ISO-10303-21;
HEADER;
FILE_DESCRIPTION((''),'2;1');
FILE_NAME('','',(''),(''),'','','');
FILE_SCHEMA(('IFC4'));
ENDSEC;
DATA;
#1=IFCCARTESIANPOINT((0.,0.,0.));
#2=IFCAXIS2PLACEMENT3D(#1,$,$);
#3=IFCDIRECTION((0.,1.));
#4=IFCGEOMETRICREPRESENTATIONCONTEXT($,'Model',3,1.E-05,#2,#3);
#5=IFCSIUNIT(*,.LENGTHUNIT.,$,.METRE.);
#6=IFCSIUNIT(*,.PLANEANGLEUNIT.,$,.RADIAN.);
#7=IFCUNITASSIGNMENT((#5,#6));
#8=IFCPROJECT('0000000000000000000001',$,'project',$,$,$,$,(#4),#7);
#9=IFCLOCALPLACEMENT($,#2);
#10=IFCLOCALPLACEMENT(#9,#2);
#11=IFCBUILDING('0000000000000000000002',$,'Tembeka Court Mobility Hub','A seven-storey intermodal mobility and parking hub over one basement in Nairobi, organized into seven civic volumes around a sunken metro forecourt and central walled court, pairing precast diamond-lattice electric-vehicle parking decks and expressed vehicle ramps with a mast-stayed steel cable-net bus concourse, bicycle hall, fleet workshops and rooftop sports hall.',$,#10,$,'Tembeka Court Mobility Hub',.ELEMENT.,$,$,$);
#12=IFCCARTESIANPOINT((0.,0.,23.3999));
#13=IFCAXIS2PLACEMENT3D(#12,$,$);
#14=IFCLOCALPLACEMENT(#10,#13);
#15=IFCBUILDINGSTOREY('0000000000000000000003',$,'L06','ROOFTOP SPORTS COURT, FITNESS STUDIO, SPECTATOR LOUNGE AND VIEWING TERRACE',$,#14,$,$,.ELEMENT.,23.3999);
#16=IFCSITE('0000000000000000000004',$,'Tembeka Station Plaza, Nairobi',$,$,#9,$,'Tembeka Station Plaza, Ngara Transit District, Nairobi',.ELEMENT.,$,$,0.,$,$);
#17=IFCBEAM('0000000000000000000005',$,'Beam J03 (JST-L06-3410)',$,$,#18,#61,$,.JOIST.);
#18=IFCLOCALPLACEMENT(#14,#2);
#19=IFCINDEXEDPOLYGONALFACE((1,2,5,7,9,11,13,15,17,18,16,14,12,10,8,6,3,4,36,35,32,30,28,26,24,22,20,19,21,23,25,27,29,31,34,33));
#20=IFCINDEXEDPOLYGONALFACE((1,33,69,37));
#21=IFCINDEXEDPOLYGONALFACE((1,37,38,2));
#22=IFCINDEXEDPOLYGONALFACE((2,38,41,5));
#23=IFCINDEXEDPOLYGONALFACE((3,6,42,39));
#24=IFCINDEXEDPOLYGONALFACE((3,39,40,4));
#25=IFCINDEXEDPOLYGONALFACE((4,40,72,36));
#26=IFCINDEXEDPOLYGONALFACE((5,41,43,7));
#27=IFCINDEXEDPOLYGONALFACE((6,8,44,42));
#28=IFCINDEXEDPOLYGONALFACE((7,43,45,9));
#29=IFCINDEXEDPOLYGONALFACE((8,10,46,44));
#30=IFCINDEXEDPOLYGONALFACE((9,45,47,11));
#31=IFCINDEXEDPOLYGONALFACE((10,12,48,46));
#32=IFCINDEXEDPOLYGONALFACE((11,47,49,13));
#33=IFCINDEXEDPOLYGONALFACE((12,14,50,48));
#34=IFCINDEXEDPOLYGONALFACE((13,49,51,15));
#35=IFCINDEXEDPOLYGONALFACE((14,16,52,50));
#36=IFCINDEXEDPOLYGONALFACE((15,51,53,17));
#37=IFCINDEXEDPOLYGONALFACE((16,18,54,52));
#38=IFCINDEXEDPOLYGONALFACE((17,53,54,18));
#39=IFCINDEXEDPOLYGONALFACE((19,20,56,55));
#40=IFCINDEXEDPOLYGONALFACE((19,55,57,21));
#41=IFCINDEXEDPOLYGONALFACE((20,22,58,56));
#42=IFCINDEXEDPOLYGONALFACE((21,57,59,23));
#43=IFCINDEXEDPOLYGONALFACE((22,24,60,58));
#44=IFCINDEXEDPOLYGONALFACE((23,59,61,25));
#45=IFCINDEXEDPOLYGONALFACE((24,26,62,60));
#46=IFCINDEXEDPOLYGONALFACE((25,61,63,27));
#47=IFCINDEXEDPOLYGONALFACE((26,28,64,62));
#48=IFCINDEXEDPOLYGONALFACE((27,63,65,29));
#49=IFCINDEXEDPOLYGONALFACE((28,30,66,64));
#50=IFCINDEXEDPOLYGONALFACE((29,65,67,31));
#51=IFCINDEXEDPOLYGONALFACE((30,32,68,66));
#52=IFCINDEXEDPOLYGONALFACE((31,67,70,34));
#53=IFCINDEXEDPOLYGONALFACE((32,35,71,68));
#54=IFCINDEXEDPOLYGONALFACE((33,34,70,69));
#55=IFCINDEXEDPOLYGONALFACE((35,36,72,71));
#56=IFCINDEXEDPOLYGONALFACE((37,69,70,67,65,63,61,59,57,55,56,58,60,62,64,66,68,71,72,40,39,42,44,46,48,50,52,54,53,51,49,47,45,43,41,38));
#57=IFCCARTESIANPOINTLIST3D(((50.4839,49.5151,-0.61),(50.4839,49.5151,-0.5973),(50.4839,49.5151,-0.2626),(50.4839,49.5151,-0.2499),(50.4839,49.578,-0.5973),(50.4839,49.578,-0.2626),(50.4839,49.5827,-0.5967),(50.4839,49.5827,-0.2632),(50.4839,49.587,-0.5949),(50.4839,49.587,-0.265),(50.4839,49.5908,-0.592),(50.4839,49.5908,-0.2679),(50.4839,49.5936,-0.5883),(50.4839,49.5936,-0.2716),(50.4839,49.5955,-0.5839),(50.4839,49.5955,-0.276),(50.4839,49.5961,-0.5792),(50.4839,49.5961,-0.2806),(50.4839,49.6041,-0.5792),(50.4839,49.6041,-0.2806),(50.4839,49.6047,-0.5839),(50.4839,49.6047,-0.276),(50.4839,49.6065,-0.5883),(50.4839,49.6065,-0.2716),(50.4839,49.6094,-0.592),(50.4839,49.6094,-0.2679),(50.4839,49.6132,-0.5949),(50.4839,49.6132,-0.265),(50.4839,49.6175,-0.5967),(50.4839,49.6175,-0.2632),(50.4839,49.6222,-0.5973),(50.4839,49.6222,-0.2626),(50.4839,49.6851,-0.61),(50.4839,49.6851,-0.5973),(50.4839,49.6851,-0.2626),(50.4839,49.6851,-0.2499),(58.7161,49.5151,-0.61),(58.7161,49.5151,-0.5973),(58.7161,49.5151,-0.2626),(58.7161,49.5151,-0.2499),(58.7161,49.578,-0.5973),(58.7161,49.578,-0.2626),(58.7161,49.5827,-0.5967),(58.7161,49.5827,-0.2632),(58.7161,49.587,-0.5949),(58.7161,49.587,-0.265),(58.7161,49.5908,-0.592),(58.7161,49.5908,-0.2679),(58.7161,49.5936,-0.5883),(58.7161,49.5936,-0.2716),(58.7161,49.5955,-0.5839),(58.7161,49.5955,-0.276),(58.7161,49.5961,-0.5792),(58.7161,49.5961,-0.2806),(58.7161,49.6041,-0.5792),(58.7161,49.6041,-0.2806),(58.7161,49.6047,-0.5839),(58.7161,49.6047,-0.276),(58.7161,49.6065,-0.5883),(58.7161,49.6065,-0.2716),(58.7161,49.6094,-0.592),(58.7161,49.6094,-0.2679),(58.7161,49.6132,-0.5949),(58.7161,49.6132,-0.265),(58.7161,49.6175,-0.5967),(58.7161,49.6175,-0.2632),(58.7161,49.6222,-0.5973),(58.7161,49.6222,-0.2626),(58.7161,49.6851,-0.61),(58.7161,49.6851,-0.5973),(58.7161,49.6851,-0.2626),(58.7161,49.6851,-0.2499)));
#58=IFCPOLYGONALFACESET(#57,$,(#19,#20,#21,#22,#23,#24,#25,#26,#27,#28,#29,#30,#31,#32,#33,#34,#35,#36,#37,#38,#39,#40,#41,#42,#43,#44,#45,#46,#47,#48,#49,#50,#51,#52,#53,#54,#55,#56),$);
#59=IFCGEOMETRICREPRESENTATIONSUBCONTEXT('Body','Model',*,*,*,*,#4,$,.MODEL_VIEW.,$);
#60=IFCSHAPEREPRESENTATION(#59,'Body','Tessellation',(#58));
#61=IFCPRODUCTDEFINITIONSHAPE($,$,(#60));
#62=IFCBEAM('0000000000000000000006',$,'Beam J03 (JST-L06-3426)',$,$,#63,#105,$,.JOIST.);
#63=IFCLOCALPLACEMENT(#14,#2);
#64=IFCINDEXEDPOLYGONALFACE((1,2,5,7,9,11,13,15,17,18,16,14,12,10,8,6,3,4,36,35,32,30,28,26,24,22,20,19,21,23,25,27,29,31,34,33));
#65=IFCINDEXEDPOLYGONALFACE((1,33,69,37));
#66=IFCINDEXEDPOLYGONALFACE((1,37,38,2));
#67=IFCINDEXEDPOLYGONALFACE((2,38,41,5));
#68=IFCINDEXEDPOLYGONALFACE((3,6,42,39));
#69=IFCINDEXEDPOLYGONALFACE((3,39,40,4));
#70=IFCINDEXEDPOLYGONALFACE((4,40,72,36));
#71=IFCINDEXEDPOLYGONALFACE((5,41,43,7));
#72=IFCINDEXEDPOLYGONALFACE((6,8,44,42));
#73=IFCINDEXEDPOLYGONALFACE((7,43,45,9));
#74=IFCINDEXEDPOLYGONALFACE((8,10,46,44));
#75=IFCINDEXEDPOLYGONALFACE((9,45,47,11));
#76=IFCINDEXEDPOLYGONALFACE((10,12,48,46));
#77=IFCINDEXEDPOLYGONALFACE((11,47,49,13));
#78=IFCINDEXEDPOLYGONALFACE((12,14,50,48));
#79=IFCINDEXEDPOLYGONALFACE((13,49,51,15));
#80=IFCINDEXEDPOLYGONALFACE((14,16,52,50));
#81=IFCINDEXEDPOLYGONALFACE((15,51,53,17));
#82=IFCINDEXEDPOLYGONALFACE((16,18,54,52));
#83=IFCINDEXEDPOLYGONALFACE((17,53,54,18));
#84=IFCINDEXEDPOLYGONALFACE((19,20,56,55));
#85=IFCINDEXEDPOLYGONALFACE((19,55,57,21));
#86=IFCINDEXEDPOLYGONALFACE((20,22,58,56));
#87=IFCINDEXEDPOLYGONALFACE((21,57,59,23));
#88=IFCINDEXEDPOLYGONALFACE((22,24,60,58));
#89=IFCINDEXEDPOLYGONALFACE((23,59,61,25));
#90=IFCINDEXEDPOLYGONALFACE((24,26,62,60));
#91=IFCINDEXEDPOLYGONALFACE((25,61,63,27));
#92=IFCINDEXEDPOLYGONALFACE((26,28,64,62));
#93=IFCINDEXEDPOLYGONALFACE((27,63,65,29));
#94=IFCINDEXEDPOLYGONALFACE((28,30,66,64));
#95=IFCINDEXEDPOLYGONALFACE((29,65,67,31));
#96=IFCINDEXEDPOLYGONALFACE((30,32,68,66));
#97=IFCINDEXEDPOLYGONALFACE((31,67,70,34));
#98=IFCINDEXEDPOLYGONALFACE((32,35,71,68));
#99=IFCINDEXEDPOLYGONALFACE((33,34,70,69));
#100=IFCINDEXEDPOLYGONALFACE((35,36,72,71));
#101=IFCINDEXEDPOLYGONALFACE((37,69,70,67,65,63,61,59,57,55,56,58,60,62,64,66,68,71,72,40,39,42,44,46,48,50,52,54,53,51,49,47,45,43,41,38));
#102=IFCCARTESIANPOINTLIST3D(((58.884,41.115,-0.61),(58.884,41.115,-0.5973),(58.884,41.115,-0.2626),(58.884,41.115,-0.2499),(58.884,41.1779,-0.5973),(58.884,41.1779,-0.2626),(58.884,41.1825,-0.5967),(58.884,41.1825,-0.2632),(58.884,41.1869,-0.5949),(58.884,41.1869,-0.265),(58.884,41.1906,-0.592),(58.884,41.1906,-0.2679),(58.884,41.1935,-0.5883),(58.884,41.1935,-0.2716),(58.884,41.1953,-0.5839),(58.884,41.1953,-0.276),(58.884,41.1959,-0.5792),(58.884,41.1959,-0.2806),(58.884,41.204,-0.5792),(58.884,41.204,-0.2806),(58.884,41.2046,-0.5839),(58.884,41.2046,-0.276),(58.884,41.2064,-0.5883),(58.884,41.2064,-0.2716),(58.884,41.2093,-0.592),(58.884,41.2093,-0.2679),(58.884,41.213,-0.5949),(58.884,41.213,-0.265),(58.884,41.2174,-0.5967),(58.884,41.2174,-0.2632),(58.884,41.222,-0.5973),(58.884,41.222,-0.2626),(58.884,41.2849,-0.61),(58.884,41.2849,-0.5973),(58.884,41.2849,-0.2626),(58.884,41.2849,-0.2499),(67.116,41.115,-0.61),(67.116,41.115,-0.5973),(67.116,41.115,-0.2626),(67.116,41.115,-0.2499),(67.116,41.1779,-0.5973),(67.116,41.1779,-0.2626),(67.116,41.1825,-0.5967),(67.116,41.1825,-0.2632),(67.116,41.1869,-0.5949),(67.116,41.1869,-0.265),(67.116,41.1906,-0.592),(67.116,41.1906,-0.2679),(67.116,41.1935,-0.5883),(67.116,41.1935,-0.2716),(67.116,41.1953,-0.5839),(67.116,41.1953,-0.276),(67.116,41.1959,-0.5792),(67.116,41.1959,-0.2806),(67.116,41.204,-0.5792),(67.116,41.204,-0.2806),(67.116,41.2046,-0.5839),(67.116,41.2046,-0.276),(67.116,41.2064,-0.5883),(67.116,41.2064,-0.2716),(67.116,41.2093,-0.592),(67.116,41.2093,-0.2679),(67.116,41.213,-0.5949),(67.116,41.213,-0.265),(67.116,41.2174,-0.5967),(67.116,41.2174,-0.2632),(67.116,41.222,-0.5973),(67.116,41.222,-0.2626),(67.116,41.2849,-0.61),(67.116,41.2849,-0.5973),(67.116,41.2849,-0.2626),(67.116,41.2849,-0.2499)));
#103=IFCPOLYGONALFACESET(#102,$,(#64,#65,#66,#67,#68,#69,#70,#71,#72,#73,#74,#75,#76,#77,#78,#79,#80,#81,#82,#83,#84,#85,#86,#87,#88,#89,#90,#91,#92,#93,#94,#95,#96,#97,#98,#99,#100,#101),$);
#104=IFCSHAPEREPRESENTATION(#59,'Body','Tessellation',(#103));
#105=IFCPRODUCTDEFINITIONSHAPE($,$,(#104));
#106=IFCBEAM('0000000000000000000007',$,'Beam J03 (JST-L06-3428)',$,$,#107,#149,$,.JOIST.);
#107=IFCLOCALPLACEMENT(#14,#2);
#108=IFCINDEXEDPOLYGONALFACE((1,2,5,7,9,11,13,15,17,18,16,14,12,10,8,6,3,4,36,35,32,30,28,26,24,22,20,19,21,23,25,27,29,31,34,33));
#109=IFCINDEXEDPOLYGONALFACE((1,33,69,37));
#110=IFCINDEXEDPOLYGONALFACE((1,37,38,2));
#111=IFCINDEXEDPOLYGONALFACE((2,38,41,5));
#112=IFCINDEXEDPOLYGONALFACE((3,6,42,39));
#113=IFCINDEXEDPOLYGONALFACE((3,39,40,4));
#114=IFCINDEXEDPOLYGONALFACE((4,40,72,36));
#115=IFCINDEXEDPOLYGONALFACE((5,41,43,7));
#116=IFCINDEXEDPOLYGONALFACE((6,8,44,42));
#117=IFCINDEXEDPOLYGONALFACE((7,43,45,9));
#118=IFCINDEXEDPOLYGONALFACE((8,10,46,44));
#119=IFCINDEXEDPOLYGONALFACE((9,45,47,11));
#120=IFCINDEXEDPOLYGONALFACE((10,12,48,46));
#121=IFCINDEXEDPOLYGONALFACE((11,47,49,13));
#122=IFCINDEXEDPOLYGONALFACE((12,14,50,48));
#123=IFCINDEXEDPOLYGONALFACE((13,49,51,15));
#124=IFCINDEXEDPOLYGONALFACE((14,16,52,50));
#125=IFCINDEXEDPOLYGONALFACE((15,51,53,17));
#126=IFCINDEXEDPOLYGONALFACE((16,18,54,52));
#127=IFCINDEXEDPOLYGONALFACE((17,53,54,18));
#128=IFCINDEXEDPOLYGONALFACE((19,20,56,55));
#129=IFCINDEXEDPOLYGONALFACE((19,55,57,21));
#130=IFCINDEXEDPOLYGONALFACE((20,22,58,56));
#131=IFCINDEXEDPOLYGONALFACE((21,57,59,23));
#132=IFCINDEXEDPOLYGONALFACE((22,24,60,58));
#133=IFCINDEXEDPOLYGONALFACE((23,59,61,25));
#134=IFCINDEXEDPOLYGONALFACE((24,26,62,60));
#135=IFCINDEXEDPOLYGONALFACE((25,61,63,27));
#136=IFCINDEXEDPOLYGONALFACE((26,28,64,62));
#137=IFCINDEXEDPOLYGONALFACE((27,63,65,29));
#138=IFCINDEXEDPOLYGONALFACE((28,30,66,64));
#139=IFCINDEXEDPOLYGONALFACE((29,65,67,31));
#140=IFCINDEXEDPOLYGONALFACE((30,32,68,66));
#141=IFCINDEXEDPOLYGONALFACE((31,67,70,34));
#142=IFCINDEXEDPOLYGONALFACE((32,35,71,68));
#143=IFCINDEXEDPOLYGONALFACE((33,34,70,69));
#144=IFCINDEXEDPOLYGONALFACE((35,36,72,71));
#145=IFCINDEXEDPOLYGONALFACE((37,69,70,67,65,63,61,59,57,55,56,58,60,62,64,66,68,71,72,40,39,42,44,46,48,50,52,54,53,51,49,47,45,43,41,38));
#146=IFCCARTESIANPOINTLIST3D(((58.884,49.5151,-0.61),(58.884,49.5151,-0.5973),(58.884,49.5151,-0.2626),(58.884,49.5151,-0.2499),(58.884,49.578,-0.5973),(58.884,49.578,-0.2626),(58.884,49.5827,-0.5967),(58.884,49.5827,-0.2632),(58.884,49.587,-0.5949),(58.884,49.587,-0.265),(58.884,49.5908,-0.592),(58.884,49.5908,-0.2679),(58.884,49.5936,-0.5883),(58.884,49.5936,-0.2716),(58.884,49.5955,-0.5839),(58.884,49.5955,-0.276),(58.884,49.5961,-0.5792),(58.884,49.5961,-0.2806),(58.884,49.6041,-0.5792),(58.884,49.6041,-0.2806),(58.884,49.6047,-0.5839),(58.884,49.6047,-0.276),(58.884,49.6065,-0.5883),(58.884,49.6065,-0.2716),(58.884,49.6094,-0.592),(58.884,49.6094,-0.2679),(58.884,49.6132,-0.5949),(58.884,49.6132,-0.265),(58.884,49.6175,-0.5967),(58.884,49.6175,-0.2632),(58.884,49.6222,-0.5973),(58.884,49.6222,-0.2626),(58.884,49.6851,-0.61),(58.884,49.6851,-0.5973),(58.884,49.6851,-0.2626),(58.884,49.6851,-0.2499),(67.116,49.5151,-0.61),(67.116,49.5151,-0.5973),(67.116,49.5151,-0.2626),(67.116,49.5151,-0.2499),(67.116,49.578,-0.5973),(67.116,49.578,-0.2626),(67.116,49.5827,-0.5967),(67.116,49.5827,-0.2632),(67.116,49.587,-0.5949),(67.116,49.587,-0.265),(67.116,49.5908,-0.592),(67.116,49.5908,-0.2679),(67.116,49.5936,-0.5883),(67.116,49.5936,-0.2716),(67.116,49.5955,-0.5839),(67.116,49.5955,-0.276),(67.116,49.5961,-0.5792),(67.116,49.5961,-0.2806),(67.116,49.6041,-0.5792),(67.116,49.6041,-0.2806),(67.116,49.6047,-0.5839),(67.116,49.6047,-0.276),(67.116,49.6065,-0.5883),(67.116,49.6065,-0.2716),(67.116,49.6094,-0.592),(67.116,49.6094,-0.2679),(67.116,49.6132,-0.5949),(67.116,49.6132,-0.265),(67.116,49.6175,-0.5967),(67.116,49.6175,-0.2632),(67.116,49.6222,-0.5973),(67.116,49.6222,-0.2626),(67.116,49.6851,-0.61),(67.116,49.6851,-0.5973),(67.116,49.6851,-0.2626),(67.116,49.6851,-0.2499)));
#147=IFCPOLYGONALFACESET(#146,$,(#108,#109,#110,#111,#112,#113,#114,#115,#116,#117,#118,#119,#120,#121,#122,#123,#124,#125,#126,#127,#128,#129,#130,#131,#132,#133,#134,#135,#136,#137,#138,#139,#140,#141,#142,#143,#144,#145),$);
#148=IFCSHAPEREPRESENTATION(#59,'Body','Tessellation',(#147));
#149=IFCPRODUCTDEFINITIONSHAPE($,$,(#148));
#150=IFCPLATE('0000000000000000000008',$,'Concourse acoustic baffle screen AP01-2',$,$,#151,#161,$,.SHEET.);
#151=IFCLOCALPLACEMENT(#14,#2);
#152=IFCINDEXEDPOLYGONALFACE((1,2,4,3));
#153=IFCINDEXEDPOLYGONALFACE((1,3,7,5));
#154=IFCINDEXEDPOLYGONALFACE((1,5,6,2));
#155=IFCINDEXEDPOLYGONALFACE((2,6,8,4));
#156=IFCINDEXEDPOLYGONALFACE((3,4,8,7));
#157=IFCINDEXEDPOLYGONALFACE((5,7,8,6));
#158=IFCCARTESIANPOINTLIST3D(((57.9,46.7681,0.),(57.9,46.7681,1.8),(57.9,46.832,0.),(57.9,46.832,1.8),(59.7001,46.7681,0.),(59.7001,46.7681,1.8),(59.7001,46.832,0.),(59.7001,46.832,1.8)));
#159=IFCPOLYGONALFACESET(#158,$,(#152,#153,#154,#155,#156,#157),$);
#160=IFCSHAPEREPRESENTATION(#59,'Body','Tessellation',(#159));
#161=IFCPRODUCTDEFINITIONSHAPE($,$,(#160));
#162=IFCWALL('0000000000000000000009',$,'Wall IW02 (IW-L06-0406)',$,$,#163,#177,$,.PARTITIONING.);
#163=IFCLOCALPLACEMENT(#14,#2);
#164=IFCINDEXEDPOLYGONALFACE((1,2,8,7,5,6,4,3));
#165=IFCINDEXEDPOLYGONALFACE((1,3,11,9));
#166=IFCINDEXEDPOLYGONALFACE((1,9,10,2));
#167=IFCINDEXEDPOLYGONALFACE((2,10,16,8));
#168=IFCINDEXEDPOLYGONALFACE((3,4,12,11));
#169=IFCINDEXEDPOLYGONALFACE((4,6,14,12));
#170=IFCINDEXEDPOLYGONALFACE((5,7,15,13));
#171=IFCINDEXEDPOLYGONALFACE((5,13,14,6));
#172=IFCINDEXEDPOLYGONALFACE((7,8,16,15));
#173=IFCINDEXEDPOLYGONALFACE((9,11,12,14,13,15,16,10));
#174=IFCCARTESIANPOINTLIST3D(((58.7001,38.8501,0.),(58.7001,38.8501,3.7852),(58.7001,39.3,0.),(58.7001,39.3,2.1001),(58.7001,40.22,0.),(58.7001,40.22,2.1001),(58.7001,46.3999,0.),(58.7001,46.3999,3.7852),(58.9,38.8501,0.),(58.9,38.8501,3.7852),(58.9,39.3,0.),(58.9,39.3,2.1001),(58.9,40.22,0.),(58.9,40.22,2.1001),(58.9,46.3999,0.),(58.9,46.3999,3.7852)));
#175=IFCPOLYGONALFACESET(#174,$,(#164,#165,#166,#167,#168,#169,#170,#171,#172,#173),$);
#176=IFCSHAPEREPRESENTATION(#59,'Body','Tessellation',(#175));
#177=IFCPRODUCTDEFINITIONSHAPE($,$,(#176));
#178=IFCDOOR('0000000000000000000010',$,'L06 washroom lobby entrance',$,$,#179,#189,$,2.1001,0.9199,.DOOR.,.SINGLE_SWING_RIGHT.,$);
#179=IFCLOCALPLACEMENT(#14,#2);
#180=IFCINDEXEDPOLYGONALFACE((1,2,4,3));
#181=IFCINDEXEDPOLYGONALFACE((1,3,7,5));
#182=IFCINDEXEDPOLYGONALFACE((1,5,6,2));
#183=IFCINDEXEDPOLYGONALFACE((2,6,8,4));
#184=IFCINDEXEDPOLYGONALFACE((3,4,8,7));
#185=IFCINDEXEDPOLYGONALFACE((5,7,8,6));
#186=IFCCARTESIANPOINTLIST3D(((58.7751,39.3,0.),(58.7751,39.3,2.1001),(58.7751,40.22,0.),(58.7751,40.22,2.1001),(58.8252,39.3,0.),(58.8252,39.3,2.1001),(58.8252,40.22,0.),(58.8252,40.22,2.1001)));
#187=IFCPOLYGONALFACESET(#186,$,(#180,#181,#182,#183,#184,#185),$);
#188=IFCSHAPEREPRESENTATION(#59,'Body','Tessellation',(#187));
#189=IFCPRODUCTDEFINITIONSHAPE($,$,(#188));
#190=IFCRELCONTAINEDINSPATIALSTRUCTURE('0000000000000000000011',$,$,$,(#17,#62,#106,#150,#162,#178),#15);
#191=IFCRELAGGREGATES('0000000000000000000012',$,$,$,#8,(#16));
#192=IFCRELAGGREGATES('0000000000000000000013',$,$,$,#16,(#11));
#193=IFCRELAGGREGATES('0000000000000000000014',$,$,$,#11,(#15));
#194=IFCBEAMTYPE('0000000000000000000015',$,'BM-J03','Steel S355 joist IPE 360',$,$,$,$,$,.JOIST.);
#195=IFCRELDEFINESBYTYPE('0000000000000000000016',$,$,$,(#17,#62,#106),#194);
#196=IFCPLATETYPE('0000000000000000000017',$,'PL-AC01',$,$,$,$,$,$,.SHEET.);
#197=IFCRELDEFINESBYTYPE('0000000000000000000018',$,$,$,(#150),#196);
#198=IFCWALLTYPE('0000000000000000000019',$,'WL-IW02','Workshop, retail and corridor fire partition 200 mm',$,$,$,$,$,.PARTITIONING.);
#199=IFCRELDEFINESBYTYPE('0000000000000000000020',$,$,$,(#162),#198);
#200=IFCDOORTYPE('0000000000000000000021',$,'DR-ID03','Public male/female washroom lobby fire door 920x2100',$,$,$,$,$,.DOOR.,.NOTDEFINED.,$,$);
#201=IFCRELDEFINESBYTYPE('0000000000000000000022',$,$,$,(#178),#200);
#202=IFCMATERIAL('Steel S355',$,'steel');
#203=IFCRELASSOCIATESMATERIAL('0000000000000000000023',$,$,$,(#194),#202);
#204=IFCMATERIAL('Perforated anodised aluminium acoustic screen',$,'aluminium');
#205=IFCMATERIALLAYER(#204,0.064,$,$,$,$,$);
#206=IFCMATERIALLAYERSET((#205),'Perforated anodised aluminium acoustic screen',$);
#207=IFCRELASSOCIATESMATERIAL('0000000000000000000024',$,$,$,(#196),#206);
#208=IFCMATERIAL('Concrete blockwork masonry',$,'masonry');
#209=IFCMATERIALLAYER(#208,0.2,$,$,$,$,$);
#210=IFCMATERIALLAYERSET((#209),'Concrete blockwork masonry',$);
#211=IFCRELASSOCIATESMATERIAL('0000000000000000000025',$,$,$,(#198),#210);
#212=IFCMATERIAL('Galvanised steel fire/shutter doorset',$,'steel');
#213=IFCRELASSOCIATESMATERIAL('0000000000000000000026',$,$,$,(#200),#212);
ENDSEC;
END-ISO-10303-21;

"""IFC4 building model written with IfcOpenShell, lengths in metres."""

from ifc_helpers import new_model, si_unit, direction, frame, frame_2d, origin, origin_2d, place, context, subcontext, project, spatial, rectangle, i_section, extrude, material, layer, layer_set, material_profile, profile_set, type_object, element, fill, save


model = new_model("IFC4")

# Units and contexts
model_context = context("Model", 3, precision=1e-05, world=origin(), true_north=direction((0.0, 1.0)))
body_context = subcontext(model_context, "Body", "Model", "MODEL_VIEW")
ifc_project = project(units=[si_unit("LENGTHUNIT", "METRE"), si_unit("PLANEANGLEUNIT", "RADIAN")], contexts=[model_context])

# Site, building, storey
site_placement = place(None, origin())
site = spatial("IfcSite", under=ifc_project, at=site_placement, Name="Tembeka Station Plaza, Nairobi", LongName="Tembeka Station Plaza, Ngara Transit District, Nairobi", CompositionType="ELEMENT", RefElevation=0.0)
building_placement = place(site_placement, origin())
building = spatial("IfcBuilding", under=site, at=building_placement, Name="Tembeka Court Mobility Hub", Description="A seven-storey intermodal mobility and parking hub over one basement in Nairobi, organized into seven civic volumes around a sunken metro forecourt and central walled court, pairing precast diamond-lattice electric-vehicle parking decks and expressed vehicle ramps with a mast-stayed steel cable-net bus concourse, bicycle hall, fleet workshops and rooftop sports hall.", LongName="Tembeka Court Mobility Hub", CompositionType="ELEMENT")
storey_placement = place(building_placement, frame((0.0, 0.0, 23.3999)))
storey = spatial("IfcBuildingStorey", under=building, at=storey_placement, Name="L06", Description="ROOFTOP SPORTS COURT, FITNESS STUDIO, SPECTATOR LOUNGE AND VIEWING TERRACE", CompositionType="ELEMENT", Elevation=23.3999)

# Shared definitions
ifc_material_1 = material(Name="Steel S355", Category="steel")

# Beams
ifc_material_profile_1 = material_profile(ifc_material_1, i_section(OverallWidth=0.1699, OverallDepth=0.3601, WebThickness=0.0081, FlangeThickness=0.0127, FilletRadius=0.0181, at=origin_2d()), Name="IPE 360")
ifc_profile_set_1 = profile_set([ifc_material_profile_1], Name="Steel S355")
beam_type_1 = type_object("IfcBeamType", Name="BM-J03", Description="Steel S355 joist IPE 360", PredefinedType="JOIST", material=ifc_profile_set_1)
for number, where, z_axis, x_axis, name in (
    (1, (50.4839, 49.6001, -0.4299), (1.0, 0.0, 0.0), (0.0, 1.0, 0.0), "Beam J03 (JST-L06-3410)"),
):
    element("IfcBeam", number, at=place(storey_placement, frame(where, z_axis=z_axis, x_axis=x_axis)), inside=storey, type_object=beam_type_1, Name=name, PredefinedType="JOIST", context=body_context, shape_type="SweptSolid", body=[
        extrude(i_section(OverallWidth=0.1699, OverallDepth=0.3601, WebThickness=0.0081, FlangeThickness=0.0127, FilletRadius=0.0181, at=origin_2d()), origin(), (0.0, 0.0, 1.0), 8.2322),
    ])
for number, where, z_axis, x_axis, name in (
    (2, (58.884, 41.2, -0.4299), (1.0, 0.0, 0.0), (0.0, 1.0, 0.0), "Beam J03 (JST-L06-3426)"),
    (3, (58.884, 49.6001, -0.4299), (1.0, 0.0, 0.0), (0.0, 1.0, 0.0), "Beam J03 (JST-L06-3428)"),
):
    element("IfcBeam", number, at=place(storey_placement, frame(where, z_axis=z_axis, x_axis=x_axis)), inside=storey, type_object=beam_type_1, Name=name, PredefinedType="JOIST", context=body_context, shape_type="SweptSolid", body=[
        extrude(i_section(OverallWidth=0.1699, OverallDepth=0.3601, WebThickness=0.0081, FlangeThickness=0.0127, FilletRadius=0.0181, at=origin_2d()), origin(), (0.0, 0.0, 1.0), 8.2319),
    ])

# Plate
ifc_material_2 = material(Name="Perforated anodised aluminium acoustic screen", Category="aluminium")
ifc_layer_1 = layer(ifc_material_2, 0.064)
ifc_layer_set_1 = layer_set([ifc_layer_1], Name="Perforated anodised aluminium acoustic screen")
plate_type = type_object("IfcPlateType", Name="PL-AC01", PredefinedType="SHEET", material=ifc_layer_set_1)
plate_placement = place(storey_placement, frame((58.8, 46.8, 0.0), z_axis=(0.0, 0.0, 1.0), x_axis=(1.0, 0.0, 0.0)))
element("IfcPlate", 4, at=plate_placement, inside=storey, type_object=plate_type, Name="Concourse acoustic baffle screen AP01-2", PredefinedType="SHEET", context=body_context, shape_type="SweptSolid", body=[
    extrude(rectangle(XDim=1.8, YDim=0.064, at=origin_2d()), origin(), (0.0, 0.0, 1.0), 1.8),
])

# Wall, opening, door
ifc_material_3 = material(Name="Concrete blockwork masonry", Category="masonry")
ifc_layer_2 = layer(ifc_material_3, 0.2)
ifc_layer_set_2 = layer_set([ifc_layer_2], Name="Concrete blockwork masonry")
wall_type_1 = type_object("IfcWallType", Name="WL-IW02", Description="Workshop, retail and corridor fire partition 200 mm", PredefinedType="PARTITIONING", material=ifc_layer_set_2)
wall_1_placement = place(storey_placement, frame((58.8, 38.8501, 0.0), z_axis=(0.0, 0.0, 1.0), x_axis=(0.0, 1.0, 0.0)))
wall_1 = element("IfcWall", 5, at=wall_1_placement, inside=storey, type_object=wall_type_1, Name="Wall IW02 (IW-L06-0406)", PredefinedType="PARTITIONING", context=body_context, shape_type="SweptSolid", body=[
    extrude(rectangle(XDim=7.5498, YDim=0.2, at=frame_2d((3.7749, 0.0))), origin(), (0.0, 0.0, 1.0), 3.7852),
])
opening_1_placement = place(wall_1_placement, frame((0.45, 0.0, 0.0)))
opening_1 = element("IfcOpeningElement", 6, at=opening_1_placement, cuts=wall_1, PredefinedType="OPENING", context=body_context, shape_type="SweptSolid", body=[
    extrude(rectangle(XDim=0.9199, YDim=2.1001, at=frame_2d((0.46, 1.05))), frame((0.0, 0.1099, 0.0), z_axis=(0.0, -1.0, 0.0), x_axis=(1.0, 0.0, 0.0)), (0.0, 0.0, 1.0), 0.22),
])
ifc_material_4 = material(Name="Galvanised steel fire/shutter doorset", Category="steel")
door_type_1 = type_object("IfcDoorType", Name="DR-ID03", Description="Public male/female washroom lobby fire door 920x2100", OperationType="NOTDEFINED", PredefinedType="DOOR", material=ifc_material_4)
door_1_placement = place(opening_1_placement, origin())
door_1 = element("IfcDoor", 7, at=door_1_placement, inside=storey, type_object=door_type_1, Name="L06 washroom lobby entrance", OperationType="SINGLE_SWING_RIGHT", OverallHeight=2.1001, OverallWidth=0.9199, PredefinedType="DOOR", context=body_context, shape_type="SweptSolid", body=[
    extrude(rectangle(XDim=0.9199, YDim=2.1001, at=frame_2d((0.46, 1.05))), frame((0.0, 0.0249, 0.0), z_axis=(0.0, -1.0, 0.0), x_axis=(1.0, 0.0, 0.0)), (0.0, 0.0, 1.0), 0.05),
])
fill(opening_1, door_1)

save(model, "model.ifc")
